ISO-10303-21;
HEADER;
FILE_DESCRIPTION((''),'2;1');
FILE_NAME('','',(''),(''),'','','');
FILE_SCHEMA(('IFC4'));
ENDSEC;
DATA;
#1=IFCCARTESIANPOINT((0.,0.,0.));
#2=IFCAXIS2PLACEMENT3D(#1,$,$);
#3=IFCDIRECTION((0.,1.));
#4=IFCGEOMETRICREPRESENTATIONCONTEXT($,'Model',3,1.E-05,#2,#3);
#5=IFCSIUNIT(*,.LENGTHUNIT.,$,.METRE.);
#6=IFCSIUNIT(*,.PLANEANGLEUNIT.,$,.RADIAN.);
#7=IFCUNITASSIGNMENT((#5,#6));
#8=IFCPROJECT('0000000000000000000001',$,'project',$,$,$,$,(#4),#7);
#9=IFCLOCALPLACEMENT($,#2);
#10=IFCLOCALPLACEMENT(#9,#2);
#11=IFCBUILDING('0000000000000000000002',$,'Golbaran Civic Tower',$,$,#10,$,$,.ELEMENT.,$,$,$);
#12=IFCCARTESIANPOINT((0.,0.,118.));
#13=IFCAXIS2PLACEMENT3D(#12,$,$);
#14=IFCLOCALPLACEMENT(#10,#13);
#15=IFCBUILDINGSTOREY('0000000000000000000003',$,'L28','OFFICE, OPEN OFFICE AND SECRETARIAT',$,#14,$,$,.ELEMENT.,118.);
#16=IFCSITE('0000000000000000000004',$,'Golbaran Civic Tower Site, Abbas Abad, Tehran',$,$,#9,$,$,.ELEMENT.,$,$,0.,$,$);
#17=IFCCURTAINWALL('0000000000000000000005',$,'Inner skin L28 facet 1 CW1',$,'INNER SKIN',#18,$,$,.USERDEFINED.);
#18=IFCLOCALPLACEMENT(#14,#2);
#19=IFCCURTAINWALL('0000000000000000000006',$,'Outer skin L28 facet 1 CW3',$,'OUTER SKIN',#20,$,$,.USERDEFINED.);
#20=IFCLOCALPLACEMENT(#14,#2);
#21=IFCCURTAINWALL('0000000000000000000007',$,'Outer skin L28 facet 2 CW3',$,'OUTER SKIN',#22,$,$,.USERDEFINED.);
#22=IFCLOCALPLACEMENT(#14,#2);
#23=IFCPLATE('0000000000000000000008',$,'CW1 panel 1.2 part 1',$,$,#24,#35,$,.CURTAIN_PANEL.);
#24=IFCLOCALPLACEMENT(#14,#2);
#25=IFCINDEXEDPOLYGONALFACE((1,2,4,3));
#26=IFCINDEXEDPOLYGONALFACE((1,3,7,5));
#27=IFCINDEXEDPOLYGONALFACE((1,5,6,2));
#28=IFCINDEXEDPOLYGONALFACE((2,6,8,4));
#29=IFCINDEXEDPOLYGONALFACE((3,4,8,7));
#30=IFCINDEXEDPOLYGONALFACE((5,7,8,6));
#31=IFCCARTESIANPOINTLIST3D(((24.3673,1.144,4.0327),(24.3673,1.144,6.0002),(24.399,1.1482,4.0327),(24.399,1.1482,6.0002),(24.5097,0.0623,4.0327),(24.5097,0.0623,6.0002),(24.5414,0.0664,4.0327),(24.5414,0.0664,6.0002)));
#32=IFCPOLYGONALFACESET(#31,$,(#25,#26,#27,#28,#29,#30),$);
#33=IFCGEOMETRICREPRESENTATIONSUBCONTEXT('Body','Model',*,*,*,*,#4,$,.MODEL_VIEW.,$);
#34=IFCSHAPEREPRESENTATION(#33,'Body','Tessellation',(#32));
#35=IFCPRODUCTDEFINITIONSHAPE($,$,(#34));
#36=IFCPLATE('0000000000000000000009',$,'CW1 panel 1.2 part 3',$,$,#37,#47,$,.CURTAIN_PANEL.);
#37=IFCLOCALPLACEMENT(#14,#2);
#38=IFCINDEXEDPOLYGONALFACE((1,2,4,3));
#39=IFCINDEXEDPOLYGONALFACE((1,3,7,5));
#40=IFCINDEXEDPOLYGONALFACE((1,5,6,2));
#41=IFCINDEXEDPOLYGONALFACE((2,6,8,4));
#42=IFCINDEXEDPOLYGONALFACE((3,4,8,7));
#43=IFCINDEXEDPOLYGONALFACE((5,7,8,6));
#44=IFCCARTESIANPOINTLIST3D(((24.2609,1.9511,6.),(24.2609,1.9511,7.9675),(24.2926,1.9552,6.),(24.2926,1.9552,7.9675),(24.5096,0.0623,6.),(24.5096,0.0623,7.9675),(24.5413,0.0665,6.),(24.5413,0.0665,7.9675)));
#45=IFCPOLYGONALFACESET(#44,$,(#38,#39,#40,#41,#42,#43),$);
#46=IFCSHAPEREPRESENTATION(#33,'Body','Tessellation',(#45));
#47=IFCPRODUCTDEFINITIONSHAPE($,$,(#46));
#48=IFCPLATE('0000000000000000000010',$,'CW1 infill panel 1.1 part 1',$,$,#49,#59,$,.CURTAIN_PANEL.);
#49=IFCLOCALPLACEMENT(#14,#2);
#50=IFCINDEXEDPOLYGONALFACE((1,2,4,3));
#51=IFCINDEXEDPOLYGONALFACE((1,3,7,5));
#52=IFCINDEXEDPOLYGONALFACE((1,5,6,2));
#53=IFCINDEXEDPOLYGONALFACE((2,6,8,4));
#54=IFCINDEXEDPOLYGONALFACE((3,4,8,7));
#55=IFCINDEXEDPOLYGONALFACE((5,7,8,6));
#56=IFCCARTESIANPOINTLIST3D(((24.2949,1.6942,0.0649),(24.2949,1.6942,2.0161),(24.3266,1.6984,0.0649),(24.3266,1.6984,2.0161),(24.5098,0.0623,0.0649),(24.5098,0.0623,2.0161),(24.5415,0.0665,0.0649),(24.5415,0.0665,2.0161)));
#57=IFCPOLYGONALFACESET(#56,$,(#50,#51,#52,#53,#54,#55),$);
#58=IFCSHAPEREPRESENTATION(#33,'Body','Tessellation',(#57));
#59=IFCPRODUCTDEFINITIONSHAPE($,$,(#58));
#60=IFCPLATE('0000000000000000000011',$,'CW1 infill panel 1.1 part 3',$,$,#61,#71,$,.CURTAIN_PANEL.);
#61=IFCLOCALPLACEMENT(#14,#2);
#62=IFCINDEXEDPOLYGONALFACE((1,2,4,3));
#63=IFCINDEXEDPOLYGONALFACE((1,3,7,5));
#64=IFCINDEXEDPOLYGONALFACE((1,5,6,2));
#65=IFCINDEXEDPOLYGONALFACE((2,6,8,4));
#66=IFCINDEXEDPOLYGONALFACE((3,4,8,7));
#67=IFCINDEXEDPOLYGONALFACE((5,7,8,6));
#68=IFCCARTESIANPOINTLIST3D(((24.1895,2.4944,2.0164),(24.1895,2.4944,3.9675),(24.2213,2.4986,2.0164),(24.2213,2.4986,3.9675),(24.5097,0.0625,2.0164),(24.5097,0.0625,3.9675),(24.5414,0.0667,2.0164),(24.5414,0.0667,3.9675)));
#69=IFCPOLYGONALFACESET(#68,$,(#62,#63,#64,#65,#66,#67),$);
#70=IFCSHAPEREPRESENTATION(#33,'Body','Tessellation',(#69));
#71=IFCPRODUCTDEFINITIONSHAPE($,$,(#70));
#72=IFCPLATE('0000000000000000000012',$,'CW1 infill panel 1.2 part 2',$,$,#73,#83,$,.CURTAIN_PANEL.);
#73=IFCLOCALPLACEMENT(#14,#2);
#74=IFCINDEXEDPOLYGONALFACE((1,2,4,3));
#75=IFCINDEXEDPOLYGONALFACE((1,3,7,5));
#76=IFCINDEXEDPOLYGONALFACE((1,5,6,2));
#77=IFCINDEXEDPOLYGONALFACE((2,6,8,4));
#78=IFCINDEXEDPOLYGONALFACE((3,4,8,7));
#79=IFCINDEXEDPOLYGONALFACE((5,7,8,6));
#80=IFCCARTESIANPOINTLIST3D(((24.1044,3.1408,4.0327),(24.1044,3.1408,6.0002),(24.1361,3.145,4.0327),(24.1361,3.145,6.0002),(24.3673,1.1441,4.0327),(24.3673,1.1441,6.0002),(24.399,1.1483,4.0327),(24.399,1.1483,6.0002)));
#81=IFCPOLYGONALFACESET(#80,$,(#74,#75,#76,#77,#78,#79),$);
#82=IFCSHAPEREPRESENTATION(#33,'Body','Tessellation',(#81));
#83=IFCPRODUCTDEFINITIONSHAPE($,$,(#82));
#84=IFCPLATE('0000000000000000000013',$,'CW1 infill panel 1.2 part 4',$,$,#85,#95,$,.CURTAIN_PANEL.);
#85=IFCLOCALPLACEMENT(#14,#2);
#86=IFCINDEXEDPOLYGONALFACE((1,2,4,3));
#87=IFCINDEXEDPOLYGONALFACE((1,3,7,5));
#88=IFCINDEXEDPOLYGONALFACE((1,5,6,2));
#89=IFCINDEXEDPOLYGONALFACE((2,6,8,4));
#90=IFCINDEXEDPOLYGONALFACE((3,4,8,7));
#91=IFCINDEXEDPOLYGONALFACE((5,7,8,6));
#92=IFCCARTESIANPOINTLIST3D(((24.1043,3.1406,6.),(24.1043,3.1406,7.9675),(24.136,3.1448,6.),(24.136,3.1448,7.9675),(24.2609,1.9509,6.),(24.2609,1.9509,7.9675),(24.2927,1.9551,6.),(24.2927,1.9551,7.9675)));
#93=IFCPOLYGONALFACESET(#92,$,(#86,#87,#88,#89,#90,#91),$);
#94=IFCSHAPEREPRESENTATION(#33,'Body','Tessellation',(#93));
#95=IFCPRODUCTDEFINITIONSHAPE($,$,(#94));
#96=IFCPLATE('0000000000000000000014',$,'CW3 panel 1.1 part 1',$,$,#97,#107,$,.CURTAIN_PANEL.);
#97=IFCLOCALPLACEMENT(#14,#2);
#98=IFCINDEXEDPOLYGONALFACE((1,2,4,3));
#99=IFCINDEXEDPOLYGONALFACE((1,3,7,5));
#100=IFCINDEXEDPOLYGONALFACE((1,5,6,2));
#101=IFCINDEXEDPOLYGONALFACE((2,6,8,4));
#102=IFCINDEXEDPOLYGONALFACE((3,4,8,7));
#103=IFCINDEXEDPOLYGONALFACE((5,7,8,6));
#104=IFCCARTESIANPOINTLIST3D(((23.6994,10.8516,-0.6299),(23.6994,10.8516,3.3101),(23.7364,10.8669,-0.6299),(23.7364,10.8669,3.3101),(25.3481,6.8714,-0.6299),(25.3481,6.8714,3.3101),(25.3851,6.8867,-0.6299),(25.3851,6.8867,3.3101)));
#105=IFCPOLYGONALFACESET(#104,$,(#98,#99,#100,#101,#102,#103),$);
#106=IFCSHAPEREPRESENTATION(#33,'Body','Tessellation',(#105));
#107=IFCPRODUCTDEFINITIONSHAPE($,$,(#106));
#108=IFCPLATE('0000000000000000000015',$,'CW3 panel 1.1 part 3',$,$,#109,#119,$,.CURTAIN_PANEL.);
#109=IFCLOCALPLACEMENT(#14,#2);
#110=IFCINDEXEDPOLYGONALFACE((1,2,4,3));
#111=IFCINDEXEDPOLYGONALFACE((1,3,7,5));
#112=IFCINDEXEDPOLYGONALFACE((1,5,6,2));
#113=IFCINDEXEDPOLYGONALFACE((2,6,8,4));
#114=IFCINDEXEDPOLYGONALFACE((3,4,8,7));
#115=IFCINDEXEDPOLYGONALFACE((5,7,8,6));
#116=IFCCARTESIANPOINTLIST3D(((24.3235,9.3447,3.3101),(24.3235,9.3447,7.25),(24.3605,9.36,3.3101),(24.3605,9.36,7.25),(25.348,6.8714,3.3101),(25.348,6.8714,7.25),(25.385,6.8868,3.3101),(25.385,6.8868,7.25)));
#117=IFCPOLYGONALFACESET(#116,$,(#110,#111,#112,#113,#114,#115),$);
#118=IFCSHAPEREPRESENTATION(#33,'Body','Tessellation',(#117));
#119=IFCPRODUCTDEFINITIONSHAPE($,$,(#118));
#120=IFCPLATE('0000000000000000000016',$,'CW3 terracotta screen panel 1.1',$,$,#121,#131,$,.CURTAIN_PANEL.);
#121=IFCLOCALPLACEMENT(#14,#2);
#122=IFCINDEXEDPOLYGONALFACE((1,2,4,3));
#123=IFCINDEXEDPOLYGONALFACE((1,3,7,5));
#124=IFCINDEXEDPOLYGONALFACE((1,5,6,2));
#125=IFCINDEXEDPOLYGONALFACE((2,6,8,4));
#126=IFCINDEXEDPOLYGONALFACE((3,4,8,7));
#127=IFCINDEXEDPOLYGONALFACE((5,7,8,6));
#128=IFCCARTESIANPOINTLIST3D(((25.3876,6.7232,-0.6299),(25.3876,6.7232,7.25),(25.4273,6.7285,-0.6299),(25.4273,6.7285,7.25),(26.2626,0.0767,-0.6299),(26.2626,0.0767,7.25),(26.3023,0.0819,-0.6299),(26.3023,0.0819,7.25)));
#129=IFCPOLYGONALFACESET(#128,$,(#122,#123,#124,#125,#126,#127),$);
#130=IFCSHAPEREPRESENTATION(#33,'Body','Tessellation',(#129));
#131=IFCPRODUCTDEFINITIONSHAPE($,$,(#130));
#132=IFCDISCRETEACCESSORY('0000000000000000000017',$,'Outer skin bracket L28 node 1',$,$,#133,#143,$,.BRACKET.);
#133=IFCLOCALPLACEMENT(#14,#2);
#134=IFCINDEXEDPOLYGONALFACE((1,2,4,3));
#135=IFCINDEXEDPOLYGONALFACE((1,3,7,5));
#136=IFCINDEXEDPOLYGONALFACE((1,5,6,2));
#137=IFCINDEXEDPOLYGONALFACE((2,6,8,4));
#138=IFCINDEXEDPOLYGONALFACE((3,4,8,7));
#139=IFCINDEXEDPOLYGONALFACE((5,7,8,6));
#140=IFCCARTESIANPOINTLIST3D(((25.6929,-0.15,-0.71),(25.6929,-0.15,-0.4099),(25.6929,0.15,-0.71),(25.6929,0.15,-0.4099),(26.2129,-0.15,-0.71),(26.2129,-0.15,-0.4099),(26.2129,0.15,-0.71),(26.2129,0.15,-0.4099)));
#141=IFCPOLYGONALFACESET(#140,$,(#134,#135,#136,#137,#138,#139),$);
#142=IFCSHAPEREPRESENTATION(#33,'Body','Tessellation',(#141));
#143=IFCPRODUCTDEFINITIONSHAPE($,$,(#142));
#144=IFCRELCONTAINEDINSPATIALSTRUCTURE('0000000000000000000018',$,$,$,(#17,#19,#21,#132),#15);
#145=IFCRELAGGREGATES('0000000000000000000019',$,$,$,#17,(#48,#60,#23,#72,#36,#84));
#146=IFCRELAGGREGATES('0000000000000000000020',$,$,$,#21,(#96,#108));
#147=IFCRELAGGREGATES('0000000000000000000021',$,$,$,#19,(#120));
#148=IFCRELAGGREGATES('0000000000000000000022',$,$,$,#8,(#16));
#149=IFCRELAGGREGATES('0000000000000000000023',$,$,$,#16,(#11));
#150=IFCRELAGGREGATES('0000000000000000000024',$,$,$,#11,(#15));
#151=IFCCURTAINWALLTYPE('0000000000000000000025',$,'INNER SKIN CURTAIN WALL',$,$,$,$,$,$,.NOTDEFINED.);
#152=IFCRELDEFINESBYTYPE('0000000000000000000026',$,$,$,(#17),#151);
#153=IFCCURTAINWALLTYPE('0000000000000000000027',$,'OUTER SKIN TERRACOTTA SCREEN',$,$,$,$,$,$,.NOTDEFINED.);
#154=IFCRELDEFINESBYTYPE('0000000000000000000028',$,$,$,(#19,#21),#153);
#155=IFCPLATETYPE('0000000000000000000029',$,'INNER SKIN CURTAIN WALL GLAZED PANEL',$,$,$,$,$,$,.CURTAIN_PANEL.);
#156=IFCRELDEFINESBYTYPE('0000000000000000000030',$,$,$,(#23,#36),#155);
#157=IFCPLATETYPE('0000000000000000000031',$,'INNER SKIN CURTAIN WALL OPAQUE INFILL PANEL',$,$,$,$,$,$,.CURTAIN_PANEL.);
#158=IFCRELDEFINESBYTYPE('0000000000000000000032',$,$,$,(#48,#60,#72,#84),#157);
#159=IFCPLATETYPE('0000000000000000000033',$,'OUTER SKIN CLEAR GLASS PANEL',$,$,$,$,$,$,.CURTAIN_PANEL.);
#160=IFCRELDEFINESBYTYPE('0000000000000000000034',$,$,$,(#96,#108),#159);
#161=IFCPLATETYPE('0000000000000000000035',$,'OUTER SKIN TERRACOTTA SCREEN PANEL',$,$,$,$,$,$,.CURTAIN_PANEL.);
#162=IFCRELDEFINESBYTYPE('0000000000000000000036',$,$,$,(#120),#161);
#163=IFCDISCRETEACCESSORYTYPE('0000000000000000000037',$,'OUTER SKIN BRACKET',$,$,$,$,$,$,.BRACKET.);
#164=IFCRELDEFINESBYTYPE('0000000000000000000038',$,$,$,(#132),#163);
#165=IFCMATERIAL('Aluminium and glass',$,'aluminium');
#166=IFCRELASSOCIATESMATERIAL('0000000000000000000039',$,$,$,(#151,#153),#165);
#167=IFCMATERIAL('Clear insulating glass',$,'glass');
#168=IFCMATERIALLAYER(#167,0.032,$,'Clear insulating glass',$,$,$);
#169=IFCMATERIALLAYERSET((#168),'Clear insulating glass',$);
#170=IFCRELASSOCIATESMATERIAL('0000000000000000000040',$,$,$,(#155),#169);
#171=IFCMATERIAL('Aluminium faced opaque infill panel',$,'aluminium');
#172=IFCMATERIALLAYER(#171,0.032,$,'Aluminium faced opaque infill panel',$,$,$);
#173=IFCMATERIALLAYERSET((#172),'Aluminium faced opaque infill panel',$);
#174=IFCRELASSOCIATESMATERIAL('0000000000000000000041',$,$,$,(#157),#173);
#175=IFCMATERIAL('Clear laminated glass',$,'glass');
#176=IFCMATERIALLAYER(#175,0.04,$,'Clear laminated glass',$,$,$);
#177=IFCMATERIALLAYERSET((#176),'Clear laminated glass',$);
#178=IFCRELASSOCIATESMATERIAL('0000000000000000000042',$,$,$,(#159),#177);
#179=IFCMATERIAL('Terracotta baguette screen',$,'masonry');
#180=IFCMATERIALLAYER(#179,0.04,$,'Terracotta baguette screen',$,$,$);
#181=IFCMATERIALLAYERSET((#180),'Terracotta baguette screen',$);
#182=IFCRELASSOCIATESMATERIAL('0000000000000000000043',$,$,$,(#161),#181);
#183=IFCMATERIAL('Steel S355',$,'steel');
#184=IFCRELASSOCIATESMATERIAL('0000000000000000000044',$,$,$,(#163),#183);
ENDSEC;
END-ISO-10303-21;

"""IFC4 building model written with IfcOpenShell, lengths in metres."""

from ifc_helpers import new_model, si_unit, direction, frame, origin, origin_2d, place, context, subcontext, project, spatial, rectangle, extrude, material, layer, layer_set, type_object, element, aggregate, save


model = new_model("IFC4")

# Units and contexts
model_context = context("Model", 3, precision=1e-05, world=origin(), true_north=direction((0.0, 1.0)))
body_context = subcontext(model_context, "Body", "Model", "MODEL_VIEW")
ifc_project = project(units=[si_unit("LENGTHUNIT", "METRE"), si_unit("PLANEANGLEUNIT", "RADIAN")], contexts=[model_context])

# Site, building, storey
site_placement = place(None, origin())
site = spatial("IfcSite", under=ifc_project, at=site_placement, Name="Golbaran Civic Tower Site, Abbas Abad, Tehran", CompositionType="ELEMENT", RefElevation=0.0)
building_placement = place(site_placement, origin())
building = spatial("IfcBuilding", under=site, at=building_placement, Name="Golbaran Civic Tower", CompositionType="ELEMENT")
storey_placement = place(building_placement, frame((0.0, 0.0, 118.0)))
storey = spatial("IfcBuildingStorey", under=building, at=storey_placement, Name="L28", Description="OFFICE, OPEN OFFICE AND SECRETARIAT", CompositionType="ELEMENT", Elevation=118.0)

# Shared definitions
ifc_material_1 = material(Name="Steel S355", Category="steel")

# Curtain walls
ifc_material_2 = material(Name="Aluminium and glass", Category="aluminium")
curtain_wall_type_1 = type_object("IfcCurtainWallType", Name="INNER SKIN CURTAIN WALL", PredefinedType="NOTDEFINED", material=ifc_material_2)
curtain_wall_1_placement = place(storey_placement, origin())
curtain_wall_1 = element("IfcCurtainWall", 1, at=curtain_wall_1_placement, inside=storey, type_object=curtain_wall_type_1, Name="Inner skin L28 facet 1 CW1", ObjectType="INNER SKIN", PredefinedType="USERDEFINED")
curtain_wall_type_2 = type_object("IfcCurtainWallType", Name="OUTER SKIN TERRACOTTA SCREEN", PredefinedType="NOTDEFINED", material=ifc_material_2)
curtain_wall_2_placement = place(storey_placement, origin())
curtain_wall_2 = element("IfcCurtainWall", 2, at=curtain_wall_2_placement, inside=storey, type_object=curtain_wall_type_2, Name="Outer skin L28 facet 1 CW3", ObjectType="OUTER SKIN", PredefinedType="USERDEFINED")

# Curtain wall
curtain_wall_3_placement = place(storey_placement, origin())
curtain_wall_3 = element("IfcCurtainWall", 3, at=curtain_wall_3_placement, inside=storey, type_object=curtain_wall_type_2, Name="Outer skin L28 facet 2 CW3", ObjectType="OUTER SKIN", PredefinedType="USERDEFINED")

# Plates
ifc_material_3 = material(Name="Clear insulating glass", Category="glass")
ifc_layer_1 = layer(ifc_material_3, 0.032, Name="Clear insulating glass")
ifc_layer_set_1 = layer_set([ifc_layer_1], Name="Clear insulating glass")
plate_type_1 = type_object("IfcPlateType", Name="INNER SKIN CURTAIN WALL GLAZED PANEL", PredefinedType="CURTAIN_PANEL", material=ifc_layer_set_1)
plate_1_placement = place(storey_placement, frame((24.4543, 0.6052, 4.0327), z_axis=(0.0, 0.0, 1.0), x_axis=(-0.130526, 0.991445, 0.0)))
plate_1 = element("IfcPlate", 4, at=plate_1_placement, type_object=plate_type_1, Name="CW1 panel 1.2 part 1", PredefinedType="CURTAIN_PANEL", context=body_context, shape_type="SweptSolid", body=[
    extrude(rectangle(XDim=1.0911, YDim=0.032, at=origin_2d()), origin(), (0.0, 0.0, 1.0), 1.9675),
])
plate_2_placement = place(storey_placement, frame((24.4011, 1.0088, 6.0), z_axis=(0.0, 0.0, 1.0), x_axis=(-0.130526, 0.991445, 0.0)))
plate_2 = element("IfcPlate", 5, at=plate_2_placement, type_object=plate_type_1, Name="CW1 panel 1.2 part 3", PredefinedType="CURTAIN_PANEL", context=body_context, shape_type="SweptSolid", body=[
    extrude(rectangle(XDim=1.905, YDim=0.032, at=origin_2d()), origin(), (0.0, 0.0, 1.0), 1.9675),
])
ifc_material_4 = material(Name="Aluminium faced opaque infill panel", Category="aluminium")
ifc_layer_2 = layer(ifc_material_4, 0.032, Name="Aluminium faced opaque infill panel")
ifc_layer_set_2 = layer_set([ifc_layer_2], Name="Aluminium faced opaque infill panel")
plate_type_2 = type_object("IfcPlateType", Name="INNER SKIN CURTAIN WALL OPAQUE INFILL PANEL", PredefinedType="CURTAIN_PANEL", material=ifc_layer_set_2)
plate_3_placement = place(storey_placement, frame((24.4182, 0.8804, 0.0649), z_axis=(0.0, 0.0, 1.0), x_axis=(-0.130526, 0.991445, 0.0)))
plate_3 = element("IfcPlate", 6, at=plate_3_placement, type_object=plate_type_2, Name="CW1 infill panel 1.1 part 1", PredefinedType="CURTAIN_PANEL", context=body_context, shape_type="SweptSolid", body=[
    extrude(rectangle(XDim=1.646, YDim=0.032, at=origin_2d()), origin(), (0.0, 0.0, 1.0), 1.9512),
])
plate_4_placement = place(storey_placement, frame((24.3655, 1.2805, 2.0164), z_axis=(0.0, 0.0, 1.0), x_axis=(-0.130526, 0.991445, 0.0)))
plate_4 = element("IfcPlate", 7, at=plate_4_placement, type_object=plate_type_2, Name="CW1 infill panel 1.1 part 3", PredefinedType="CURTAIN_PANEL", context=body_context, shape_type="SweptSolid", body=[
    extrude(rectangle(XDim=2.4529, YDim=0.032, at=origin_2d()), origin(), (0.0, 0.0, 1.0), 1.9512),
])
plate_5_placement = place(storey_placement, frame((24.2517, 2.1445, 4.0327), z_axis=(0.0, 0.0, 1.0), x_axis=(-0.130526, 0.991445, 0.0)))
plate_5 = element("IfcPlate", 8, at=plate_5_placement, type_object=plate_type_2, Name="CW1 infill panel 1.2 part 2", PredefinedType="CURTAIN_PANEL", context=body_context, shape_type="SweptSolid", body=[
    extrude(rectangle(XDim=2.0139, YDim=0.032, at=origin_2d()), origin(), (0.0, 0.0, 1.0), 1.9675),
])
plate_6_placement = place(storey_placement, frame((24.1985, 2.5479, 6.0), z_axis=(0.0, 0.0, 1.0), x_axis=(-0.130526, 0.991445, 0.0)))
plate_6 = element("IfcPlate", 9, at=plate_6_placement, type_object=plate_type_2, Name="CW1 infill panel 1.2 part 4", PredefinedType="CURTAIN_PANEL", context=body_context, shape_type="SweptSolid", body=[
    extrude(rectangle(XDim=1.2, YDim=0.032, at=origin_2d()), origin(), (0.0, 0.0, 1.0), 1.9675),
])
aggregate(curtain_wall_1, [plate_3, plate_4, plate_1, plate_5, plate_2, plate_6])
ifc_material_5 = material(Name="Clear laminated glass", Category="glass")
ifc_layer_3 = layer(ifc_material_5, 0.04, Name="Clear laminated glass")
ifc_layer_set_3 = layer_set([ifc_layer_3], Name="Clear laminated glass")
plate_type_3 = type_object("IfcPlateType", Name="OUTER SKIN CLEAR GLASS PANEL", PredefinedType="CURTAIN_PANEL", material=ifc_layer_set_3)
plate_7_placement = place(storey_placement, frame((24.5422, 8.8691, -0.6299), z_axis=(0.0, 0.0, 1.0), x_axis=(-0.382683, 0.92388, 0.0)))
plate_7 = element("IfcPlate", 10, at=plate_7_placement, type_object=plate_type_3, Name="CW3 panel 1.1 part 1", PredefinedType="CURTAIN_PANEL", context=body_context, shape_type="SweptSolid", body=[
    extrude(rectangle(XDim=4.3081, YDim=0.04, at=origin_2d()), origin(), (0.0, 0.0, 1.0), 3.9399),
])
plate_8_placement = place(storey_placement, frame((24.8542, 8.1157, 3.3101), z_axis=(0.0, 0.0, 1.0), x_axis=(-0.382683, 0.92388, 0.0)))
plate_8 = element("IfcPlate", 11, at=plate_8_placement, type_object=plate_type_3, Name="CW3 panel 1.1 part 3", PredefinedType="CURTAIN_PANEL", context=body_context, shape_type="SweptSolid", body=[
    extrude(rectangle(XDim=2.677, YDim=0.04, at=origin_2d()), origin(), (0.0, 0.0, 1.0), 3.9399),
])
aggregate(curtain_wall_3, [plate_7, plate_8])
ifc_material_6 = material(Name="Terracotta baguette screen", Category="masonry")
ifc_layer_4 = layer(ifc_material_6, 0.04, Name="Terracotta baguette screen")
ifc_layer_set_4 = layer_set([ifc_layer_4], Name="Terracotta baguette screen")
plate_type_4 = type_object("IfcPlateType", Name="OUTER SKIN TERRACOTTA SCREEN PANEL", PredefinedType="CURTAIN_PANEL", material=ifc_layer_set_4)
plate_9_placement = place(storey_placement, frame((25.845, 3.4026, -0.6299), z_axis=(0.0, 0.0, 1.0), x_axis=(-0.130526, 0.991445, 0.0)))
plate_9 = element("IfcPlate", 12, at=plate_9_placement, type_object=plate_type_4, Name="CW3 terracotta screen panel 1.1", PredefinedType="CURTAIN_PANEL", context=body_context, shape_type="SweptSolid", body=[
    extrude(rectangle(XDim=6.7039, YDim=0.04, at=origin_2d()), origin(), (0.0, 0.0, 1.0), 7.8799),
])
aggregate(curtain_wall_2, [plate_9])

# Discrete accessory
discrete_accessory_type = type_object("IfcDiscreteAccessoryType", Name="OUTER SKIN BRACKET", PredefinedType="BRACKET", material=ifc_material_1)
discrete_accessory_placement = place(storey_placement, frame((25.9529, 0.0, -0.71), z_axis=(0.0, 0.0, 1.0), x_axis=(1.0, 0.0, 0.0)))
element("IfcDiscreteAccessory", 13, at=discrete_accessory_placement, inside=storey, type_object=discrete_accessory_type, Name="Outer skin bracket L28 node 1", PredefinedType="BRACKET", context=body_context, shape_type="SweptSolid", body=[
    extrude(rectangle(XDim=0.52, YDim=0.3, at=origin_2d()), origin(), (0.0, 0.0, 1.0), 0.3),
])

save(model, "model.ifc")
